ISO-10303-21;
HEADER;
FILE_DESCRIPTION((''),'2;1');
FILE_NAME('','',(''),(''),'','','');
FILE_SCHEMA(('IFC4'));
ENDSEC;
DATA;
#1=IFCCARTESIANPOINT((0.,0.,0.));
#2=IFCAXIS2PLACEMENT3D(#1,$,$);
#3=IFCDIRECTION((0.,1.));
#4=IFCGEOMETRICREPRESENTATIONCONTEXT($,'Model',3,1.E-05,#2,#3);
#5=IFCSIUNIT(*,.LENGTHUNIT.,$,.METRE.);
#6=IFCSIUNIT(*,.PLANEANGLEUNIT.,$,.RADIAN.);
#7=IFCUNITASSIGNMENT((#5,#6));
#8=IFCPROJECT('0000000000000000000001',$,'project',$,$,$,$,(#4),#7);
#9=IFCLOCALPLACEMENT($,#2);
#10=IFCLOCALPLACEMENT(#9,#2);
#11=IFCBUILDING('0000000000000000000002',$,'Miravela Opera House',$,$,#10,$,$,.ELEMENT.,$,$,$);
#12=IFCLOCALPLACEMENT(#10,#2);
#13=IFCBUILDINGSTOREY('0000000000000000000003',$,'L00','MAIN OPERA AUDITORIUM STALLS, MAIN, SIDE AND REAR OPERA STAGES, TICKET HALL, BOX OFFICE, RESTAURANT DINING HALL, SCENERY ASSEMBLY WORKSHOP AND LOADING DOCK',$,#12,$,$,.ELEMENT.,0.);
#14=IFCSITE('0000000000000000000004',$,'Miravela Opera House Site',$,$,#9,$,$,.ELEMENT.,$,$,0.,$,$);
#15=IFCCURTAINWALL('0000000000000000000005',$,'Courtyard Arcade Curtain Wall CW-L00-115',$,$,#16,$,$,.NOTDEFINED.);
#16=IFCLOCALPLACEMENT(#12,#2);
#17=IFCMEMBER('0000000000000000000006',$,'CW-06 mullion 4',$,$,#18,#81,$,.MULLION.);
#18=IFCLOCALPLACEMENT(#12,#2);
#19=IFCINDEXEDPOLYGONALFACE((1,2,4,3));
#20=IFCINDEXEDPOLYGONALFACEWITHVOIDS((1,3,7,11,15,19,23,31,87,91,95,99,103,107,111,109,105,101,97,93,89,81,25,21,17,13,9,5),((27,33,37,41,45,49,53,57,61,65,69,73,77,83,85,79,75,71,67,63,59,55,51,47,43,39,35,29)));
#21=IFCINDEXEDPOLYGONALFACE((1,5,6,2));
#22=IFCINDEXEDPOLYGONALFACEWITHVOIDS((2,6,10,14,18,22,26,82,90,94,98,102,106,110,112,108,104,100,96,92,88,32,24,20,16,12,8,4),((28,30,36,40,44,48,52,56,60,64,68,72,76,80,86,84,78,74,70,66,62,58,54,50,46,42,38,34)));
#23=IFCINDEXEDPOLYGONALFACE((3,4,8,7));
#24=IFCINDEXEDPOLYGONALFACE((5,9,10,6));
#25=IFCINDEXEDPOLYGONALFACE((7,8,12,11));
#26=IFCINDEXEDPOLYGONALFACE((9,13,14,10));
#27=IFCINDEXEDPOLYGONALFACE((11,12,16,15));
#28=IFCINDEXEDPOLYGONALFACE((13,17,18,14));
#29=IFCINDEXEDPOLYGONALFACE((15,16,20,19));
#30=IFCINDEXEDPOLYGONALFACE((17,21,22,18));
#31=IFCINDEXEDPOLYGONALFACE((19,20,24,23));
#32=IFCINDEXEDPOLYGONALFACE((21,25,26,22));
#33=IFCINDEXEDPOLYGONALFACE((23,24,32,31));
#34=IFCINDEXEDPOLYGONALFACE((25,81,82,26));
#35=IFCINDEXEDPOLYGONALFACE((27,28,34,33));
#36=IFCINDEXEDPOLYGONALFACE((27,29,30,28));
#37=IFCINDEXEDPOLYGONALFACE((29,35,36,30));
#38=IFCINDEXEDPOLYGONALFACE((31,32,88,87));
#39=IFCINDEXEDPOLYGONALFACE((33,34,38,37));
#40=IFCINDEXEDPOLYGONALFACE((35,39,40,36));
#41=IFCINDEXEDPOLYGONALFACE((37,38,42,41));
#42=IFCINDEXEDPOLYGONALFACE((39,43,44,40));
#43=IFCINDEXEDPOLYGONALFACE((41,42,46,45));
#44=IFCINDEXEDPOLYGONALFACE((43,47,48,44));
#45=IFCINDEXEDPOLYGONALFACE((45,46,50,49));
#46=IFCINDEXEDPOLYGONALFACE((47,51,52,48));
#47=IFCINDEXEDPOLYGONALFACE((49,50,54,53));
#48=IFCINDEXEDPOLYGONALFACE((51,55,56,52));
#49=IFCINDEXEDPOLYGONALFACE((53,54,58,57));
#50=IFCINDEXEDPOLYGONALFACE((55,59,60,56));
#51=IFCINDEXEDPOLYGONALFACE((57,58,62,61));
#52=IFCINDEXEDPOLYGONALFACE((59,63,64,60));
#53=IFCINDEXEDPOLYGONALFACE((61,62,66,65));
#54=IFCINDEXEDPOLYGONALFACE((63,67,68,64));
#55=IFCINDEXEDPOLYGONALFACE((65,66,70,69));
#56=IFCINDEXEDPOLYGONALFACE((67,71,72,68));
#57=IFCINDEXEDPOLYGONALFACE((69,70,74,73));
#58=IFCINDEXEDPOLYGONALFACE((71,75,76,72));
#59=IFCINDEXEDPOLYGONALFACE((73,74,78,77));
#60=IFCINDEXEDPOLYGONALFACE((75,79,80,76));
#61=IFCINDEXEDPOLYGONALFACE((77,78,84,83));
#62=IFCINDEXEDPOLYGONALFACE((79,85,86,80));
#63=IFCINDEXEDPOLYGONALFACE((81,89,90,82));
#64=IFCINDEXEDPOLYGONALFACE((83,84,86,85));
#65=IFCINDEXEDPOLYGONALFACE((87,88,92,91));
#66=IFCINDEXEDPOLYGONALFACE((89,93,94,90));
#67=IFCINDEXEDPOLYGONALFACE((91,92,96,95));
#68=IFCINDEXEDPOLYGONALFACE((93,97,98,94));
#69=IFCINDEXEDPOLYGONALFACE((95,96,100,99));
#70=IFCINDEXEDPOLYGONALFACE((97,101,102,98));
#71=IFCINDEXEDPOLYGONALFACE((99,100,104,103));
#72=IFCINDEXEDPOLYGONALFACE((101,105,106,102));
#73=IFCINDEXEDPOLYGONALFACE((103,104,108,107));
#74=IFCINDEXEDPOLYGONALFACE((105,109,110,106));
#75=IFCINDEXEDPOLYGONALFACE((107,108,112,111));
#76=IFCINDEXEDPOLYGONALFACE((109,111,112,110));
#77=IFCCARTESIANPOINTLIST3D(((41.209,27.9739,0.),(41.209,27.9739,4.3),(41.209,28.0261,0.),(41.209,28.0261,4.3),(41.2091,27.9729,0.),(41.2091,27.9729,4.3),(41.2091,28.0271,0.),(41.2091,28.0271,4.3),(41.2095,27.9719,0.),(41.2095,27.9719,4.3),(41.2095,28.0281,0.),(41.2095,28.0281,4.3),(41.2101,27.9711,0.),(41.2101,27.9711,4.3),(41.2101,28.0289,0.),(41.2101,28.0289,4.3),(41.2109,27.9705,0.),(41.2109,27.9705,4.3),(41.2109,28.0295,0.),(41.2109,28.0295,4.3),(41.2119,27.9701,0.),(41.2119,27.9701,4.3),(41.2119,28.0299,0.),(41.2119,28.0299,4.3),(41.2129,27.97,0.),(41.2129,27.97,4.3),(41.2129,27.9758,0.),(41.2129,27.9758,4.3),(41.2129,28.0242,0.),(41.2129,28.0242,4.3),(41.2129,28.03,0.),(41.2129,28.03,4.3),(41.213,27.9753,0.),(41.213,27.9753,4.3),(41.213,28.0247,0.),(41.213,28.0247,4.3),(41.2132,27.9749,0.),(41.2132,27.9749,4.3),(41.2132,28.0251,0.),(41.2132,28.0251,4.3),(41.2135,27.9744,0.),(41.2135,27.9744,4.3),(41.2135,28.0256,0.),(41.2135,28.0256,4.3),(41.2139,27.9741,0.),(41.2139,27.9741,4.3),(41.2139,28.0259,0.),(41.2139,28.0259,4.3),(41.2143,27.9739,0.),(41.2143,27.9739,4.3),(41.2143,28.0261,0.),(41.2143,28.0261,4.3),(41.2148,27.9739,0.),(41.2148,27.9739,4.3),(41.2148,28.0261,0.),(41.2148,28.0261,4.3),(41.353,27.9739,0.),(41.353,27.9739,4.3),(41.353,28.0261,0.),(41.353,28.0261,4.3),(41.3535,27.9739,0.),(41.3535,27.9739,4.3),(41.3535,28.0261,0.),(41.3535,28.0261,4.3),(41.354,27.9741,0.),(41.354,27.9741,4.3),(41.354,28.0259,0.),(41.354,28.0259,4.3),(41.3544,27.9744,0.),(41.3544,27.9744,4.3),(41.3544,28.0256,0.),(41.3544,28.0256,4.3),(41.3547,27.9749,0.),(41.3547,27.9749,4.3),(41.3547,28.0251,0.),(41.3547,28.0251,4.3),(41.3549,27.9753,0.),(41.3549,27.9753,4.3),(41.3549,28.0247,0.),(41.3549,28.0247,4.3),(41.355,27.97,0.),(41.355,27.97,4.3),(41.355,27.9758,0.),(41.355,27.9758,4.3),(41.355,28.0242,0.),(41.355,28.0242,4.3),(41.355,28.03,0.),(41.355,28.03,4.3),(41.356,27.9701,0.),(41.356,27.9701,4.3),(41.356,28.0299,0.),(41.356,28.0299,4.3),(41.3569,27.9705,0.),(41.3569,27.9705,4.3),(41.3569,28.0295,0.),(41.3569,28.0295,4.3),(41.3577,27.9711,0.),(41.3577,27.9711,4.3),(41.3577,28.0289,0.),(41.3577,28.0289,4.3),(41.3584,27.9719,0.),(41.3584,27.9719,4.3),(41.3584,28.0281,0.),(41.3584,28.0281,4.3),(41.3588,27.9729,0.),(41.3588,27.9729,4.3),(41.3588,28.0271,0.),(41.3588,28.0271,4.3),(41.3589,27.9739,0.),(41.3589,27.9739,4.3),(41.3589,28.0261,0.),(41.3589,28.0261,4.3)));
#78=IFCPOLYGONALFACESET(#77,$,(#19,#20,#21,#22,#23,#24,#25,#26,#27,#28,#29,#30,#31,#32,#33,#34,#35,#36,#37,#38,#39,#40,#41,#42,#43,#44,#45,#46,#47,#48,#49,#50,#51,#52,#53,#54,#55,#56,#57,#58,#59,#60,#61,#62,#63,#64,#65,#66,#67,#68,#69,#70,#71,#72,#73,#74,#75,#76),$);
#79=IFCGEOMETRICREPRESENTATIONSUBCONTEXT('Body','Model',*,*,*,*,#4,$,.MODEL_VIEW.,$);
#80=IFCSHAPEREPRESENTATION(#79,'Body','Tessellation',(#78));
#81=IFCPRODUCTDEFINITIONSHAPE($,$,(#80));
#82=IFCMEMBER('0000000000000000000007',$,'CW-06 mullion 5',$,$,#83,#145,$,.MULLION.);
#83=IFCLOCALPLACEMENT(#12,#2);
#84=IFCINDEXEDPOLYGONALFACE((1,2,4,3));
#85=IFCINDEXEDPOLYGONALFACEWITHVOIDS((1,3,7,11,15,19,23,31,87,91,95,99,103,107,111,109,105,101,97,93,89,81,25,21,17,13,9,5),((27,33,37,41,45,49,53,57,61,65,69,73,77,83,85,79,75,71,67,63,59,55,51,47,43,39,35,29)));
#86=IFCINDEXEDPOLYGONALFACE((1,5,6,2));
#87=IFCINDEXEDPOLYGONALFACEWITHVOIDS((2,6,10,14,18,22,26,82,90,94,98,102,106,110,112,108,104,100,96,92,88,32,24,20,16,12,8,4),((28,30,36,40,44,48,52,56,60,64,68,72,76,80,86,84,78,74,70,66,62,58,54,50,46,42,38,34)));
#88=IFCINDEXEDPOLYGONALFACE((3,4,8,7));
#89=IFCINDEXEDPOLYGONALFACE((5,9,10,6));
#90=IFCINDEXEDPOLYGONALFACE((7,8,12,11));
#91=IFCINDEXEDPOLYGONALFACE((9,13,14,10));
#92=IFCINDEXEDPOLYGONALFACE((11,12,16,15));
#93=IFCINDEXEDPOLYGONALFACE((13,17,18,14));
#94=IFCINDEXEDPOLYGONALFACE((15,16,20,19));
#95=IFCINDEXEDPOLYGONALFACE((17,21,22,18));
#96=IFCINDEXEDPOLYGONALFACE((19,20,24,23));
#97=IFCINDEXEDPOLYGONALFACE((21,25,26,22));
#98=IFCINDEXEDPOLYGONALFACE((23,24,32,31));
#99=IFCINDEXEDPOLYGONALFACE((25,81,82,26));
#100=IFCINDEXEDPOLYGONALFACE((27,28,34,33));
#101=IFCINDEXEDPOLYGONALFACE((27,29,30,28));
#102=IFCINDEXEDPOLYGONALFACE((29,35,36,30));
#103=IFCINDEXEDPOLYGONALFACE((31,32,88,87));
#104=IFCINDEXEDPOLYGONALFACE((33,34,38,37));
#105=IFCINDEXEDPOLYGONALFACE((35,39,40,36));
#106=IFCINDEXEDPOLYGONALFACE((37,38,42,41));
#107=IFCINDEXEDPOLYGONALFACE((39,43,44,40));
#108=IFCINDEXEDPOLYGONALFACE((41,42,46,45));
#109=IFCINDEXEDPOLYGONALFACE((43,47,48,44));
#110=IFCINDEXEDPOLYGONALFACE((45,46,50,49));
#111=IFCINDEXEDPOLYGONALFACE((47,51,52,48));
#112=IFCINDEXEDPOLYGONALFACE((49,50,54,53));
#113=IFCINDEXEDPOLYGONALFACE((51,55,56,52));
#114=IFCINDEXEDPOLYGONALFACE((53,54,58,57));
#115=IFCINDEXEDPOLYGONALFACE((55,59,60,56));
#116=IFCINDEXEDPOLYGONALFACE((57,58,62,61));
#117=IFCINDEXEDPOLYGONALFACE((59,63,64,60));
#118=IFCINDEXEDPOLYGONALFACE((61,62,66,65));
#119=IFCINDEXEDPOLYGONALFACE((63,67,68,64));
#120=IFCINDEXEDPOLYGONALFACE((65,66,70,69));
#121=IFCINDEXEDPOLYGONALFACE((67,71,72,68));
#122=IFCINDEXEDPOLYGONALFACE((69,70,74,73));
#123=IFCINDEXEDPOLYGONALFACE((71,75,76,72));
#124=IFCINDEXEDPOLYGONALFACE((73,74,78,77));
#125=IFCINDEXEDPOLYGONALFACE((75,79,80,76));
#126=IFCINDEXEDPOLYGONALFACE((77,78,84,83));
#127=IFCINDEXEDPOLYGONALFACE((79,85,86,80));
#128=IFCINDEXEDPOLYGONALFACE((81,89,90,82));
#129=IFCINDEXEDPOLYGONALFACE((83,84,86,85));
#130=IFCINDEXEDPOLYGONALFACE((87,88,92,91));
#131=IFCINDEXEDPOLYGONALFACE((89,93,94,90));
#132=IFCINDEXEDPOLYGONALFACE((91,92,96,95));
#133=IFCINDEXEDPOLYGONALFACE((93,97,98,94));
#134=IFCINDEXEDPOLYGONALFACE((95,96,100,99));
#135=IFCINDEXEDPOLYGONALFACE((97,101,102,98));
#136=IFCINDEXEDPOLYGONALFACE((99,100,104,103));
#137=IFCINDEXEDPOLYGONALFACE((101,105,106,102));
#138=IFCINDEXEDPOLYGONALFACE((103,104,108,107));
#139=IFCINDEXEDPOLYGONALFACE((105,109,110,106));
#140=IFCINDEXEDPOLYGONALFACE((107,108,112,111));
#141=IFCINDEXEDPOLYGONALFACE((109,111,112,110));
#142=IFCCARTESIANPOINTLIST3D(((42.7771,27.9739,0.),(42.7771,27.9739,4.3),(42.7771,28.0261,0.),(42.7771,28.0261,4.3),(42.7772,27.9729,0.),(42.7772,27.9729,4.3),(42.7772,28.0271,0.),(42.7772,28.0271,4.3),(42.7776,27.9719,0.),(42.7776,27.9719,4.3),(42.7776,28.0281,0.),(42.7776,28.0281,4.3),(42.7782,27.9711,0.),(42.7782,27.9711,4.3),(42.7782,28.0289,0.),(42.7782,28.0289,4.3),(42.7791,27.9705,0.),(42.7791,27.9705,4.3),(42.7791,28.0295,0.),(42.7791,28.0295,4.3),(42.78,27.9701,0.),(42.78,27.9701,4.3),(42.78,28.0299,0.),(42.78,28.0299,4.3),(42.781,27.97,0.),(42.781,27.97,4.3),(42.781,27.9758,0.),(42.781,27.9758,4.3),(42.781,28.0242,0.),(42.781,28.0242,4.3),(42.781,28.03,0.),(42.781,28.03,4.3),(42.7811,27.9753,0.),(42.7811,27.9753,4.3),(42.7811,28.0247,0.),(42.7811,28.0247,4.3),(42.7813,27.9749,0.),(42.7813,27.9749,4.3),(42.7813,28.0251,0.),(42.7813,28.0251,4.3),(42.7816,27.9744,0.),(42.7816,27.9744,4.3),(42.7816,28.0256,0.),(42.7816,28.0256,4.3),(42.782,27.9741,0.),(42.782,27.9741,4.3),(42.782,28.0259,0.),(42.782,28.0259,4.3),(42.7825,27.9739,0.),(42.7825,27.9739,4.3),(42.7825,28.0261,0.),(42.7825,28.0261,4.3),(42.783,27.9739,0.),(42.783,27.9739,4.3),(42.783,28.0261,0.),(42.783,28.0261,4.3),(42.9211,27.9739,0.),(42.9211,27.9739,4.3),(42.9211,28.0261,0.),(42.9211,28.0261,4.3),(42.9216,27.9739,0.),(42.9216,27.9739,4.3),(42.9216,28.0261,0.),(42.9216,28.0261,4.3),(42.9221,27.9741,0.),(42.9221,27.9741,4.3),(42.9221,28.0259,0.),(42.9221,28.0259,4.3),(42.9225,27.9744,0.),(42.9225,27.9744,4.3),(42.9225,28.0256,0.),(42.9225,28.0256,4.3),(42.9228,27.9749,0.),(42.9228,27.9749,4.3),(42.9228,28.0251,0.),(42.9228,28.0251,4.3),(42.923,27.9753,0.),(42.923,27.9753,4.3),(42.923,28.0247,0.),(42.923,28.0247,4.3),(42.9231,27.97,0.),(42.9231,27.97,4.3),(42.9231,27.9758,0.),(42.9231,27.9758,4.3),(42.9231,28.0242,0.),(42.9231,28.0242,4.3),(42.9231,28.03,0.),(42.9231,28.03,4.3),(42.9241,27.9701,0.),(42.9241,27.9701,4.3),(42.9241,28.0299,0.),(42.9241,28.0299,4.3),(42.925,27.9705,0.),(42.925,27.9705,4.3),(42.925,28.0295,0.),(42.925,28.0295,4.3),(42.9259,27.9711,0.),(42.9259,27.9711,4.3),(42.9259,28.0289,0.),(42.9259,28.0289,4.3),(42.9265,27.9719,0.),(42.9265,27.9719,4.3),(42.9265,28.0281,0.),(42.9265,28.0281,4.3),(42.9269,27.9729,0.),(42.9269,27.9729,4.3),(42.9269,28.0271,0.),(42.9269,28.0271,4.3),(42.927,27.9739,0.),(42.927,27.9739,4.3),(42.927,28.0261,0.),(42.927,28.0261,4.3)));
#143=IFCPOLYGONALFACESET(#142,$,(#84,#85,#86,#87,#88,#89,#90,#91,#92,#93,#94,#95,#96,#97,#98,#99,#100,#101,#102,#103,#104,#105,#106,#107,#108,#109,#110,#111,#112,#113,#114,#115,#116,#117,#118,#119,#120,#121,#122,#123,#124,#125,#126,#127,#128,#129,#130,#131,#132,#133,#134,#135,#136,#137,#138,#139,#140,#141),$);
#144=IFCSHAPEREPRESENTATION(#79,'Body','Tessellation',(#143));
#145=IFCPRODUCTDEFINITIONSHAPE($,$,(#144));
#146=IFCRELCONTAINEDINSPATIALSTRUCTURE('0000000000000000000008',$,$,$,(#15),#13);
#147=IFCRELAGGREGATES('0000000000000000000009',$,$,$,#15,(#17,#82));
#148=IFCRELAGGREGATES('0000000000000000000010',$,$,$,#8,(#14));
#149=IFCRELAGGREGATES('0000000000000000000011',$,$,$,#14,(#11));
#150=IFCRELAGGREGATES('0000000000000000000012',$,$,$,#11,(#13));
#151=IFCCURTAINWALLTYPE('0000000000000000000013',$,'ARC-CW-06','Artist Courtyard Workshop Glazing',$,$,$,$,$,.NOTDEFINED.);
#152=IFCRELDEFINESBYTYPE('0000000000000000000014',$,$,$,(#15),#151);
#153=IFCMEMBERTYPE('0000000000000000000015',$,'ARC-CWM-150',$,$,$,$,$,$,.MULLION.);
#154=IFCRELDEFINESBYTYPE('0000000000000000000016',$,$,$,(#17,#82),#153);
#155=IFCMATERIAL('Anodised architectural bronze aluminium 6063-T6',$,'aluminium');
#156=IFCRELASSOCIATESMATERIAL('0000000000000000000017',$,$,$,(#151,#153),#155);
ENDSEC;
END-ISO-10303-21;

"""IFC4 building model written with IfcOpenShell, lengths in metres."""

from ifc_helpers import new_model, si_unit, direction, frame, origin, origin_2d, place, context, subcontext, project, spatial, hollow_rectangle, extrude, material, material_profile, profile_set, type_object, element, aggregate, save


model = new_model("IFC4")

# Units and contexts
model_context = context("Model", 3, precision=1e-05, world=origin(), true_north=direction((0.0, 1.0)))
body_context = subcontext(model_context, "Body", "Model", "MODEL_VIEW")
ifc_project = project(units=[si_unit("LENGTHUNIT", "METRE"), si_unit("PLANEANGLEUNIT", "RADIAN")], contexts=[model_context])

# Site, building, storey
site_placement = place(None, origin())
site = spatial("IfcSite", under=ifc_project, at=site_placement, Name="Miravela Opera House Site", CompositionType="ELEMENT", RefElevation=0.0)
building_placement = place(site_placement, origin())
building = spatial("IfcBuilding", under=site, at=building_placement, Name="Miravela Opera House", CompositionType="ELEMENT")
storey_placement = place(building_placement, origin())
storey = spatial("IfcBuildingStorey", under=building, at=storey_placement, Name="L00", Description="MAIN OPERA AUDITORIUM STALLS, MAIN, SIDE AND REAR OPERA STAGES, TICKET HALL, BOX OFFICE, RESTAURANT DINING HALL, SCENERY ASSEMBLY WORKSHOP AND LOADING DOCK", CompositionType="ELEMENT", Elevation=0.0)

# Curtain wall, members
ifc_material_1 = material(Name="Anodised architectural bronze aluminium 6063-T6", Category="aluminium")
curtain_wall_type = type_object("IfcCurtainWallType", Name="ARC-CW-06", Description="Artist Courtyard Workshop Glazing", PredefinedType="NOTDEFINED", material=ifc_material_1)
curtain_wall_placement = place(storey_placement, origin())
curtain_wall = element("IfcCurtainWall", 1, at=curtain_wall_placement, inside=storey, type_object=curtain_wall_type, Name="Courtyard Arcade Curtain Wall CW-L00-115", PredefinedType="NOTDEFINED")
ifc_material_profile_1 = material_profile(ifc_material_1, hollow_rectangle(XDim=0.0601, YDim=0.1499, WallThickness=0.0039, InnerFilletRadius=0.002, OuterFilletRadius=0.0039, at=origin_2d()), Name="CWM-60X150")
ifc_profile_set_1 = profile_set([ifc_material_profile_1])
member_type_1 = type_object("IfcMemberType", Name="ARC-CWM-150", PredefinedType="MULLION", material=ifc_profile_set_1)
member_1_placement = place(storey_placement, frame((41.2839, 28.0, 0.0), z_axis=(0.0, 0.0, 1.0), x_axis=(0.0, 1.0, 0.0)))
member_1 = element("IfcMember", 2, at=member_1_placement, type_object=member_type_1, Name="CW-06 mullion 4", PredefinedType="MULLION", context=body_context, shape_type="SweptSolid", body=[
    extrude(hollow_rectangle(XDim=0.0601, YDim=0.1499, WallThickness=0.0039, InnerFilletRadius=0.002, OuterFilletRadius=0.0039, at=origin_2d()), origin(), (0.0, 0.0, 1.0), 4.3),
])
member_2_placement = place(storey_placement, frame((42.8521, 28.0, 0.0), z_axis=(0.0, 0.0, 1.0), x_axis=(0.0, 1.0, 0.0)))
member_2 = element("IfcMember", 3, at=member_2_placement, type_object=member_type_1, Name="CW-06 mullion 5", PredefinedType="MULLION", context=body_context, shape_type="SweptSolid", body=[
    extrude(hollow_rectangle(XDim=0.0601, YDim=0.1499, WallThickness=0.0039, InnerFilletRadius=0.002, OuterFilletRadius=0.0039, at=origin_2d()), origin(), (0.0, 0.0, 1.0), 4.3),
])

aggregate(curtain_wall, [member_1, member_2])

save(model, "model.ifc")
